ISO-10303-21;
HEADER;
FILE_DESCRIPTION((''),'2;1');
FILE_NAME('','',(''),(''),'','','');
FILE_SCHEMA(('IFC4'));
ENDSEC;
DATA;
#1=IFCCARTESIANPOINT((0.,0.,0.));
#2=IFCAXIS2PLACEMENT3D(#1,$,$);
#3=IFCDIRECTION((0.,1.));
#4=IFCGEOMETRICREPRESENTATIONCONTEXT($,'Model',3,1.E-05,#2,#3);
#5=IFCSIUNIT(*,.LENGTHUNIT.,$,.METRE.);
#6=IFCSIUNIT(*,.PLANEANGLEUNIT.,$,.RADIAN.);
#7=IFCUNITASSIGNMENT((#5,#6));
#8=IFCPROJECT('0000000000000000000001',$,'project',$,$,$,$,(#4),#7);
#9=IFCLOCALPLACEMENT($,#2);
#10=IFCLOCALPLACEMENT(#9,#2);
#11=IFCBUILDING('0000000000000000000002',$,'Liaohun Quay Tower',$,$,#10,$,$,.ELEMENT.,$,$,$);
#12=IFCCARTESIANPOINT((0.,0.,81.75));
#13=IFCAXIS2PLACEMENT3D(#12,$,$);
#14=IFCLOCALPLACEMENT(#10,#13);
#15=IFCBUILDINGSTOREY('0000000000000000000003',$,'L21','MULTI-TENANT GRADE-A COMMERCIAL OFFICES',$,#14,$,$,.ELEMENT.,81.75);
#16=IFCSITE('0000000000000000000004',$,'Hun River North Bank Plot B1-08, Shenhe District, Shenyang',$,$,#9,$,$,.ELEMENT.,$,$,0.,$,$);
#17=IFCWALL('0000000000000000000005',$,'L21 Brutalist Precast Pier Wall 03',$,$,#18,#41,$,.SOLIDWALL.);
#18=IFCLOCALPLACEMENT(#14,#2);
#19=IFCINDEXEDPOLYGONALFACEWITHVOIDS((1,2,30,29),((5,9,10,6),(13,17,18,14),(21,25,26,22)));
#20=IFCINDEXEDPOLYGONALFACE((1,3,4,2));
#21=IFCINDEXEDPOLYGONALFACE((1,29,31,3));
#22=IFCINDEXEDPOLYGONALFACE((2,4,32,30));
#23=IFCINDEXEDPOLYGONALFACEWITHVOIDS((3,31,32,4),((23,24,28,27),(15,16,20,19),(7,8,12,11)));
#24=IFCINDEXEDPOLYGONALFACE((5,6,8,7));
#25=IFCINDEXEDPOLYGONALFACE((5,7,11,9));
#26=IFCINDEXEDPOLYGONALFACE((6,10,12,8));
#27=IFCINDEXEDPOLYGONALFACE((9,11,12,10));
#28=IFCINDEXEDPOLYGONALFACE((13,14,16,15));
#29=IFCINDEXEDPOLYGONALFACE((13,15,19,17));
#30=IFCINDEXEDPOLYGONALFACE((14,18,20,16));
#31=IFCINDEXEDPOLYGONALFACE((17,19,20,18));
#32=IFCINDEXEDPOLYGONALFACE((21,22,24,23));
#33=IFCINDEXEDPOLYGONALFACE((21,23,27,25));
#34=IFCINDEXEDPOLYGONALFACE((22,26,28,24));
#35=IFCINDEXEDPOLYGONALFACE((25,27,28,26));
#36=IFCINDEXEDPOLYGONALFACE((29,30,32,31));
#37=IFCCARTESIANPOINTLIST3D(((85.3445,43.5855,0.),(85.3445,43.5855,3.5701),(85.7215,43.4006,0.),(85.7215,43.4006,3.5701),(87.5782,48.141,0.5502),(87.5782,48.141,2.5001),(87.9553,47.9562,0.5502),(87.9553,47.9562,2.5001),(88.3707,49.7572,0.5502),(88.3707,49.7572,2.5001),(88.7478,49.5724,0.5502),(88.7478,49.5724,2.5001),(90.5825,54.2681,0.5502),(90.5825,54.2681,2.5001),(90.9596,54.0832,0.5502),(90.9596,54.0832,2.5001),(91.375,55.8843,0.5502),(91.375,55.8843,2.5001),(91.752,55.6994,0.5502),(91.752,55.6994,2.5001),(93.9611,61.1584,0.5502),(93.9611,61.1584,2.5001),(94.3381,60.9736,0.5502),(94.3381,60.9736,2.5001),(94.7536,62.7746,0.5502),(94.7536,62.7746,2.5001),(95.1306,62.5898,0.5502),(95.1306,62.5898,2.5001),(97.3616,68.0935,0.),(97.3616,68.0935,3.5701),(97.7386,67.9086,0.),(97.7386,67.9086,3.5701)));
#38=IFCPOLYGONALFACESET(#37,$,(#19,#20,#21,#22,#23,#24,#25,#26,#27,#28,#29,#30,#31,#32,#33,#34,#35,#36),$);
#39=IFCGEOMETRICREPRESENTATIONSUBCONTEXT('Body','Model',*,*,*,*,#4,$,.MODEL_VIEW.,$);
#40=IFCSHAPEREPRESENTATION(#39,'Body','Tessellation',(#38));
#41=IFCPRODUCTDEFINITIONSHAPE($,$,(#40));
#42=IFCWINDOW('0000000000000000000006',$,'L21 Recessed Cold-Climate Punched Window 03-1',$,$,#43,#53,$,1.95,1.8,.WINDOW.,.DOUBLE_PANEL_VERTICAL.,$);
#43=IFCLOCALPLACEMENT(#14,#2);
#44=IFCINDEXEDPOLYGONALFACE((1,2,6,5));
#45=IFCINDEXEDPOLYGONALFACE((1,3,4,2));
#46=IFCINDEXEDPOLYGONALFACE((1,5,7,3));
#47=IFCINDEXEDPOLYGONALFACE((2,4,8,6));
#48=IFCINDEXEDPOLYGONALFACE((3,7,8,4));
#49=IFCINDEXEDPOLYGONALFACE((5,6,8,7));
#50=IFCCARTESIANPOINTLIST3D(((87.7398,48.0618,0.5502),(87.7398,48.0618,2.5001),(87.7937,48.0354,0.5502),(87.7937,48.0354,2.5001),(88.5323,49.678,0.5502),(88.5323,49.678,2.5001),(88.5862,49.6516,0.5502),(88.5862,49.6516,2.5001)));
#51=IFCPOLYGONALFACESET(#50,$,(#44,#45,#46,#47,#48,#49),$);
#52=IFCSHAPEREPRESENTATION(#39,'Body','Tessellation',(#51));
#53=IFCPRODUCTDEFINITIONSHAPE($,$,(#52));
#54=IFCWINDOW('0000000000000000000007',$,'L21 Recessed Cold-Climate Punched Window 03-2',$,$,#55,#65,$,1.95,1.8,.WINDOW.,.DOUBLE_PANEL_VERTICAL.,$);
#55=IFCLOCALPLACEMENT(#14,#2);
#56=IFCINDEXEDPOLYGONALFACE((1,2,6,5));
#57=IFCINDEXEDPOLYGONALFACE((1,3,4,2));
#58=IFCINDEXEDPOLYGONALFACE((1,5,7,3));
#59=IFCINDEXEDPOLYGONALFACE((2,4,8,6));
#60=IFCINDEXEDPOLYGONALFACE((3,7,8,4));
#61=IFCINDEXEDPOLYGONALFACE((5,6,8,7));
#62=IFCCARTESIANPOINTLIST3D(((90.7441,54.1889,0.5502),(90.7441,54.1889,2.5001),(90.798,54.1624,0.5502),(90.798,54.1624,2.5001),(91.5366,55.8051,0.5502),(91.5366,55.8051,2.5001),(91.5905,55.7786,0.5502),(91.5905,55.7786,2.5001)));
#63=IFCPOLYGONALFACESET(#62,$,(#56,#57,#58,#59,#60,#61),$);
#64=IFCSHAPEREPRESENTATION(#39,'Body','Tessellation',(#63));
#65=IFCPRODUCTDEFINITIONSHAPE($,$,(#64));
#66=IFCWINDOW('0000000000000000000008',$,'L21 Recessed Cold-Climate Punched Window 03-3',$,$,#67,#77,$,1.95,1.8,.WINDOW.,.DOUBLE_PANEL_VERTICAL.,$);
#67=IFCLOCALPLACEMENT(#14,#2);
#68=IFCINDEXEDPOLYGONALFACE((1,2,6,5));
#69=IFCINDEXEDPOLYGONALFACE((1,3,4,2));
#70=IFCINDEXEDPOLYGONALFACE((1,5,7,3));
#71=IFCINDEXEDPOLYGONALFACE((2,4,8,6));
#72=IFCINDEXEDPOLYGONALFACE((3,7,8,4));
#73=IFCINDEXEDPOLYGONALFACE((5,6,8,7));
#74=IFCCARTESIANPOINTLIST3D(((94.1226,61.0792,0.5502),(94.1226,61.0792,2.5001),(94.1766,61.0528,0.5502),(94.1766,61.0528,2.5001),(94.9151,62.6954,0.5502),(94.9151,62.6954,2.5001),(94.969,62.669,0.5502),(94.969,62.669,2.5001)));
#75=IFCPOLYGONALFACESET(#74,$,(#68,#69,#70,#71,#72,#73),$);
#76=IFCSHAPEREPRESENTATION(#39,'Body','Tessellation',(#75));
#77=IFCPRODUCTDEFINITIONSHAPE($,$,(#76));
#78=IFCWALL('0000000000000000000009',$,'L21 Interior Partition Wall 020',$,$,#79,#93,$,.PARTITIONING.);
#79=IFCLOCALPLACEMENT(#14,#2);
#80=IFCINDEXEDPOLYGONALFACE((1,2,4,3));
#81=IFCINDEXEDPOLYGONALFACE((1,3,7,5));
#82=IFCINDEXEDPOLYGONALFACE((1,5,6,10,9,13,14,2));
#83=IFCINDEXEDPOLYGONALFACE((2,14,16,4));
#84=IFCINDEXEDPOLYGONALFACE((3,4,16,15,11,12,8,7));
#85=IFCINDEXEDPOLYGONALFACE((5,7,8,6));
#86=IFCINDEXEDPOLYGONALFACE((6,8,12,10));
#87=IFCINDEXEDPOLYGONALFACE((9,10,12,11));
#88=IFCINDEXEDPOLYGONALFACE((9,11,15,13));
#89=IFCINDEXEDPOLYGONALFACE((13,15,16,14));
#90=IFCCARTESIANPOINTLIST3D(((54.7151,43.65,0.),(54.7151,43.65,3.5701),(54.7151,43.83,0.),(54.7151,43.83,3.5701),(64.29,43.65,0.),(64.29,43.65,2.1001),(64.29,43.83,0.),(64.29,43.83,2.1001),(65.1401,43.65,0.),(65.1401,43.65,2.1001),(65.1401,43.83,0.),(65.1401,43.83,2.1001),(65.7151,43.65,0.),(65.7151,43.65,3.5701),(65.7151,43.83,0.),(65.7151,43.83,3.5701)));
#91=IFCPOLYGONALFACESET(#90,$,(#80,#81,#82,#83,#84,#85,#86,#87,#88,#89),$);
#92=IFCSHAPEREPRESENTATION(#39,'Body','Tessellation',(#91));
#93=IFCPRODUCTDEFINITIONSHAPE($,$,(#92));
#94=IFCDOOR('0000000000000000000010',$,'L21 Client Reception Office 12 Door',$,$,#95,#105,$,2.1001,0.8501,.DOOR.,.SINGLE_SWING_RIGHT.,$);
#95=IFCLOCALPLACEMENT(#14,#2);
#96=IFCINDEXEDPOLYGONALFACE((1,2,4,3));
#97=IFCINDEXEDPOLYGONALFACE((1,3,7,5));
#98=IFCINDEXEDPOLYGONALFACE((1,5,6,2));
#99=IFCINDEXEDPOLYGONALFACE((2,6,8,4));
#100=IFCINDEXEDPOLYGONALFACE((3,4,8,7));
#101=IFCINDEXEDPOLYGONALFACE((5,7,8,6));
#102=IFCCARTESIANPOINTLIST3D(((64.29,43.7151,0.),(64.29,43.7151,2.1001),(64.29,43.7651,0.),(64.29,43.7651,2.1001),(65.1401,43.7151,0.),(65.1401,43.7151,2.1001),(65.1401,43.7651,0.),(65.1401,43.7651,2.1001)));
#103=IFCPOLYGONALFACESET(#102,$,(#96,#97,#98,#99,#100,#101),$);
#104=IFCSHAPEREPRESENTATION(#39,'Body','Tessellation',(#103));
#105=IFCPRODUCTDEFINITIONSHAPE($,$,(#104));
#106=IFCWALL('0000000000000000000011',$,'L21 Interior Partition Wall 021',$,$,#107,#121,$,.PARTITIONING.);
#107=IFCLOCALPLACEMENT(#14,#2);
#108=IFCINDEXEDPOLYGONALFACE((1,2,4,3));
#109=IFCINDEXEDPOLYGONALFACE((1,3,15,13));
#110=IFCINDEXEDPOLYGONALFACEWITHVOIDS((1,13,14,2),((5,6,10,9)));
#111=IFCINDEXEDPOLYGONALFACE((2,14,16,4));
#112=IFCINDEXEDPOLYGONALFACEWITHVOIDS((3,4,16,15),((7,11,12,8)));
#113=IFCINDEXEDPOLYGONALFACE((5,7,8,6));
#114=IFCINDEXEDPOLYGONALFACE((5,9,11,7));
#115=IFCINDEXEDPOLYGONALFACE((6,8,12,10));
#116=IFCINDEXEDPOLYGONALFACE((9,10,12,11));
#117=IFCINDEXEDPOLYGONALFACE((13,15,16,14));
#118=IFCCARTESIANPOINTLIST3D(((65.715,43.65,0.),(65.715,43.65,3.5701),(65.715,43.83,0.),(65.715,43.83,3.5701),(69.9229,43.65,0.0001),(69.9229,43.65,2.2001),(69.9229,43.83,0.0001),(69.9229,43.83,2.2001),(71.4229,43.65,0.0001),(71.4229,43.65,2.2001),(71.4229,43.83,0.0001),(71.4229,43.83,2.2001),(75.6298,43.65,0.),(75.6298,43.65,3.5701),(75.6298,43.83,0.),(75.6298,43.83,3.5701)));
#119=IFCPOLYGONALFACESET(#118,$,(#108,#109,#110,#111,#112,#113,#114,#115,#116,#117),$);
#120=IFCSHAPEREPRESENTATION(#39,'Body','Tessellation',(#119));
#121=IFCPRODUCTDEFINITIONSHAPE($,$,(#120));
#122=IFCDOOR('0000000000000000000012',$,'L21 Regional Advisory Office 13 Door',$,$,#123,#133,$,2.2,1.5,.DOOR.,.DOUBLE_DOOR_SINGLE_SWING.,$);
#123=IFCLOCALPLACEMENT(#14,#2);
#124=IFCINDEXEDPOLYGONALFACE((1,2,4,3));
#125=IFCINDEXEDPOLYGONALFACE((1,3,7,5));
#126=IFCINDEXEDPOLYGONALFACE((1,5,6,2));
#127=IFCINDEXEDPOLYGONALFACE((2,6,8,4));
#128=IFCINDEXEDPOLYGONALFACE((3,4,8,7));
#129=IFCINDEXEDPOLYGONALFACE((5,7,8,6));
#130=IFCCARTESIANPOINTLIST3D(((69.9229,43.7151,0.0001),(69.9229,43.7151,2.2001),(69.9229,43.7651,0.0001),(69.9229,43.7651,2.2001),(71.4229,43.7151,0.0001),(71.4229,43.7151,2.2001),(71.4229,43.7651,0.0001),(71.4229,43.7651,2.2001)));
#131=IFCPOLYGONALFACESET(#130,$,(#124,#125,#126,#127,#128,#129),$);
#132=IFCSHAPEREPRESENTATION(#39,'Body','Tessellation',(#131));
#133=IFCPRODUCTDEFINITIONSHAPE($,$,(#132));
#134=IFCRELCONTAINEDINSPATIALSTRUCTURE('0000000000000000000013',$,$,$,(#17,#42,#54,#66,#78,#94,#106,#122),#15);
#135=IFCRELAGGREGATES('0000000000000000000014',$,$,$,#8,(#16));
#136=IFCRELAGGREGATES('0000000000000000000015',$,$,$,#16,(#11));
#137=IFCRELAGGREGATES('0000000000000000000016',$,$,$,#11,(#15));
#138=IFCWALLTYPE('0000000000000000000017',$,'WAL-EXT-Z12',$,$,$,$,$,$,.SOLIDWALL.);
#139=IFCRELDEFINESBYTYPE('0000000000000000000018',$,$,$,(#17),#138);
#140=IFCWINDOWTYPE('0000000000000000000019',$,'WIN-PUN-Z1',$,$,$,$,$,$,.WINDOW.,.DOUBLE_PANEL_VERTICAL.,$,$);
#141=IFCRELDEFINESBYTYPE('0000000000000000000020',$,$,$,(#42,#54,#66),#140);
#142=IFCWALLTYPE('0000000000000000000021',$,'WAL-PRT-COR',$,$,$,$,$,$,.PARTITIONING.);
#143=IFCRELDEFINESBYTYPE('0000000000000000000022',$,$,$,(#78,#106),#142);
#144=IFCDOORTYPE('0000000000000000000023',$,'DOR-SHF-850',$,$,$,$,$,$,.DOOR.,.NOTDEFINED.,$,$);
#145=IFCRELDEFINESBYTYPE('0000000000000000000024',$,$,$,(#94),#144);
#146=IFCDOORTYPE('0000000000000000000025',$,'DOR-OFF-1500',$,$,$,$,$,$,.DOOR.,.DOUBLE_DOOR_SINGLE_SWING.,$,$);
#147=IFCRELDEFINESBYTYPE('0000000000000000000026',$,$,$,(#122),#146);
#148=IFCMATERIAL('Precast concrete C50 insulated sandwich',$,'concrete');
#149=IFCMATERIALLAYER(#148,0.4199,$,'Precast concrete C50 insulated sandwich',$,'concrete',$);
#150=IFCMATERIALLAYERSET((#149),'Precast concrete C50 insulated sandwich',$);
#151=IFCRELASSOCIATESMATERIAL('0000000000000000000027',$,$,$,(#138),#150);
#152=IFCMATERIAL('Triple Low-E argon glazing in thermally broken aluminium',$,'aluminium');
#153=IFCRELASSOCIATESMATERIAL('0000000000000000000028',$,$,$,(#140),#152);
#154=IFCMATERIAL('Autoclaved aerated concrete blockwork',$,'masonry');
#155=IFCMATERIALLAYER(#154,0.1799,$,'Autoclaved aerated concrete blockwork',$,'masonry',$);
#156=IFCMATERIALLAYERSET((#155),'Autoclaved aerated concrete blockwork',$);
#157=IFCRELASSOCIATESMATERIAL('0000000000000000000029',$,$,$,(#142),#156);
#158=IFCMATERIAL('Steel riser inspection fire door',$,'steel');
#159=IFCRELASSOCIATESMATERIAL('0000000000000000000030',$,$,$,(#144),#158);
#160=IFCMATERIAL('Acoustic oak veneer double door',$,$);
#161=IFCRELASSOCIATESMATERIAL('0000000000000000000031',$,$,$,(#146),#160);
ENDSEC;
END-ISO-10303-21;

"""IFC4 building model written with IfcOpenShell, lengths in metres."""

from ifc_helpers import new_model, si_unit, direction, frame, frame_2d, origin, place, context, subcontext, project, spatial, rectangle, extrude, source, transform, mapped, material, layer, layer_set, type_object, element, fill, save


model = new_model("IFC4")

# Units and contexts
model_context = context("Model", 3, precision=1e-05, world=origin(), true_north=direction((0.0, 1.0)))
body_context = subcontext(model_context, "Body", "Model", "MODEL_VIEW")
ifc_project = project(units=[si_unit("LENGTHUNIT", "METRE"), si_unit("PLANEANGLEUNIT", "RADIAN")], contexts=[model_context])

# Site, building, storey
site_placement = place(None, origin())
site = spatial("IfcSite", under=ifc_project, at=site_placement, Name="Hun River North Bank Plot B1-08, Shenhe District, Shenyang", CompositionType="ELEMENT", RefElevation=0.0)
building_placement = place(site_placement, origin())
building = spatial("IfcBuilding", under=site, at=building_placement, Name="Liaohun Quay Tower", CompositionType="ELEMENT")
storey_placement = place(building_placement, frame((0.0, 0.0, 81.75)))
storey = spatial("IfcBuildingStorey", under=building, at=storey_placement, Name="L21", Description="MULTI-TENANT GRADE-A COMMERCIAL OFFICES", CompositionType="ELEMENT", Elevation=81.75)

# Shared definitions
ifc_material_1 = material(Name="Precast concrete C50 insulated sandwich", Category="concrete")
ifc_layer_1 = layer(ifc_material_1, 0.4199, Name="Precast concrete C50 insulated sandwich", Category="concrete")
ifc_layer_set_1 = layer_set([ifc_layer_1], Name="Precast concrete C50 insulated sandwich")
wall_type_1 = type_object("IfcWallType", Name="WAL-EXT-Z12", PredefinedType="SOLIDWALL", material=ifc_layer_set_1)

# Wall, openings, windows
shared_shape_1 = source(origin(), body_context, "Body", "SweptSolid", [
    extrude(rectangle(XDim=1.8, YDim=1.95, at=frame_2d((0.8999, 0.9751))), frame((0.0, 0.22, 0.0), z_axis=(0.0, -1.0, 0.0), x_axis=(1.0, 0.0, 0.0)), (0.0, 0.0, 1.0), 0.4399),
])
ifc_material_2 = material(Name="Triple Low-E argon glazing in thermally broken aluminium", Category="aluminium")
window_type_1 = type_object("IfcWindowType", Name="WIN-PUN-Z1", PartitioningType="DOUBLE_PANEL_VERTICAL", PredefinedType="WINDOW", material=ifc_material_2)
shared_shape_2 = source(origin(), body_context, "Body", "SweptSolid", [
    extrude(rectangle(XDim=1.8, YDim=1.95, at=frame_2d((0.8999, 0.9751))), frame((0.0, 0.03, 0.0), z_axis=(0.0, -1.0, 0.0), x_axis=(1.0, 0.0, 0.0)), (0.0, 0.0, 1.0), 0.0601),
])
wall_1_placement = place(storey_placement, frame((85.533, 43.4929, 0.0), z_axis=(0.0, 0.0, 1.0), x_axis=(0.440256, 0.897872, 0.0)))
wall_1 = element("IfcWall", 1, at=wall_1_placement, inside=storey, type_object=wall_type_1, Name="L21 Brutalist Precast Pier Wall 03", PredefinedType="SOLIDWALL", context=body_context, shape_type="SweptSolid", body=[
    extrude(rectangle(XDim=27.2957, YDim=0.4199, at=frame_2d((13.6479, 0.0))), origin(), (0.0, 0.0, 1.0), 3.5701),
])
opening_1_placement = place(wall_1_placement, frame((5.074, 0.0, 0.55)))
opening_1 = element("IfcOpeningElement", 2, at=opening_1_placement, cuts=wall_1, PredefinedType="OPENING", context=body_context, shape_type="MappedRepresentation", body=[
    mapped(shared_shape_1, transform((0.0, 0.0, 0.0), x_axis=(1.0, 0.0, 0.0), y_axis=(0.0, 1.0, 0.0), z_axis=(0.0, 0.0, 1.0), scale=1.0)),
])
opening_2_placement = place(wall_1_placement, frame((11.8979, 0.0, 0.55)))
opening_2 = element("IfcOpeningElement", 3, at=opening_2_placement, cuts=wall_1, PredefinedType="OPENING", context=body_context, shape_type="MappedRepresentation", body=[
    mapped(shared_shape_1, transform((0.0, 0.0, 0.0), x_axis=(1.0, 0.0, 0.0), y_axis=(0.0, 1.0, 0.0), z_axis=(0.0, 0.0, 1.0), scale=1.0)),
])
opening_3_placement = place(wall_1_placement, frame((19.572, 0.0, 0.55)))
opening_3 = element("IfcOpeningElement", 4, at=opening_3_placement, cuts=wall_1, PredefinedType="OPENING", context=body_context, shape_type="MappedRepresentation", body=[
    mapped(shared_shape_1, transform((0.0, 0.0, 0.0), x_axis=(1.0, 0.0, 0.0), y_axis=(0.0, 1.0, 0.0), z_axis=(0.0, 0.0, 1.0), scale=1.0)),
])
window_1_placement = place(opening_1_placement, origin())
window_1 = element("IfcWindow", 5, at=window_1_placement, inside=storey, type_object=window_type_1, Name="L21 Recessed Cold-Climate Punched Window 03-1", OverallHeight=1.95, OverallWidth=1.8, PartitioningType="DOUBLE_PANEL_VERTICAL", PredefinedType="WINDOW", context=body_context, shape_type="MappedRepresentation", body=[
    mapped(shared_shape_2, transform((0.0, 0.0, 0.0), x_axis=(1.0, 0.0, 0.0), y_axis=(0.0, 1.0, 0.0), z_axis=(0.0, 0.0, 1.0), scale=1.0)),
])
fill(opening_1, window_1)
window_2_placement = place(opening_2_placement, origin())
window_2 = element("IfcWindow", 6, at=window_2_placement, inside=storey, type_object=window_type_1, Name="L21 Recessed Cold-Climate Punched Window 03-2", OverallHeight=1.95, OverallWidth=1.8, PartitioningType="DOUBLE_PANEL_VERTICAL", PredefinedType="WINDOW", context=body_context, shape_type="MappedRepresentation", body=[
    mapped(shared_shape_2, transform((0.0, 0.0, 0.0), x_axis=(1.0, 0.0, 0.0), y_axis=(0.0, 1.0, 0.0), z_axis=(0.0, 0.0, 1.0), scale=1.0)),
])
fill(opening_2, window_2)
window_3_placement = place(opening_3_placement, origin())
window_3 = element("IfcWindow", 7, at=window_3_placement, inside=storey, type_object=window_type_1, Name="L21 Recessed Cold-Climate Punched Window 03-3", OverallHeight=1.95, OverallWidth=1.8, PartitioningType="DOUBLE_PANEL_VERTICAL", PredefinedType="WINDOW", context=body_context, shape_type="MappedRepresentation", body=[
    mapped(shared_shape_2, transform((0.0, 0.0, 0.0), x_axis=(1.0, 0.0, 0.0), y_axis=(0.0, 1.0, 0.0), z_axis=(0.0, 0.0, 1.0), scale=1.0)),
])
fill(opening_3, window_3)

# Walls, openings, doors
ifc_material_3 = material(Name="Autoclaved aerated concrete blockwork", Category="masonry")
ifc_layer_2 = layer(ifc_material_3, 0.1799, Name="Autoclaved aerated concrete blockwork", Category="masonry")
ifc_layer_set_2 = layer_set([ifc_layer_2], Name="Autoclaved aerated concrete blockwork")
wall_type_2 = type_object("IfcWallType", Name="WAL-PRT-COR", PredefinedType="PARTITIONING", material=ifc_layer_set_2)
wall_2_placement = place(storey_placement, frame((65.7151, 43.74, 0.0), z_axis=(0.0, 0.0, 1.0), x_axis=(-1.0, 0.0, 0.0)))
wall_2 = element("IfcWall", 8, at=wall_2_placement, inside=storey, type_object=wall_type_2, Name="L21 Interior Partition Wall 020", PredefinedType="PARTITIONING", context=body_context, shape_type="SweptSolid", body=[
    extrude(rectangle(XDim=11.0, YDim=0.1799, at=frame_2d((5.5, 0.0))), origin(), (0.0, 0.0, 1.0), 3.5701),
])
shared_shape_3 = source(origin(), body_context, "Body", "SweptSolid", [
    extrude(rectangle(XDim=0.8501, YDim=2.1001, at=frame_2d((0.425, 1.05))), frame((0.0, 0.0999, 0.0), z_axis=(0.0, -1.0, 0.0), x_axis=(1.0, 0.0, 0.0)), (0.0, 0.0, 1.0), 0.2),
])
opening_4_placement = place(wall_2_placement, frame((0.575, 0.0, 0.0)))
opening_4 = element("IfcOpeningElement", 9, at=opening_4_placement, cuts=wall_2, PredefinedType="OPENING", context=body_context, shape_type="MappedRepresentation", body=[
    mapped(shared_shape_3, transform((0.0, 0.0, 0.0), x_axis=(1.0, 0.0, 0.0), y_axis=(0.0, 1.0, 0.0), z_axis=(0.0, 0.0, 1.0), scale=1.0)),
])
ifc_material_4 = material(Name="Steel riser inspection fire door", Category="steel")
door_type_1 = type_object("IfcDoorType", Name="DOR-SHF-850", OperationType="NOTDEFINED", PredefinedType="DOOR", material=ifc_material_4)
shared_shape_4 = source(origin(), body_context, "Body", "SweptSolid", [
    extrude(rectangle(XDim=0.8501, YDim=2.1001, at=frame_2d((0.425, 1.05))), frame((0.0, 0.0249, 0.0), z_axis=(0.0, -1.0, 0.0), x_axis=(1.0, 0.0, 0.0)), (0.0, 0.0, 1.0), 0.05),
])
door_1_placement = place(opening_4_placement, origin())
door_1 = element("IfcDoor", 10, at=door_1_placement, inside=storey, type_object=door_type_1, Name="L21 Client Reception Office 12 Door", OperationType="SINGLE_SWING_RIGHT", OverallHeight=2.1001, OverallWidth=0.8501, PredefinedType="DOOR", context=body_context, shape_type="MappedRepresentation", body=[
    mapped(shared_shape_4, transform((0.0, 0.0, 0.0), x_axis=(1.0, 0.0, 0.0), y_axis=(0.0, 1.0, 0.0), z_axis=(0.0, 0.0, 1.0), scale=1.0)),
])
fill(opening_4, door_1)
wall_3_placement = place(storey_placement, frame((75.6299, 43.74, 0.0), z_axis=(0.0, 0.0, 1.0), x_axis=(-1.0, 0.0, 0.0)))
wall_3 = element("IfcWall", 11, at=wall_3_placement, inside=storey, type_object=wall_type_2, Name="L21 Interior Partition Wall 021", PredefinedType="PARTITIONING", context=body_context, shape_type="SweptSolid", body=[
    extrude(rectangle(XDim=9.9148, YDim=0.1799, at=frame_2d((4.9575, 0.0))), origin(), (0.0, 0.0, 1.0), 3.5701),
])
shared_shape_5 = source(origin(), body_context, "Body", "SweptSolid", [
    extrude(rectangle(XDim=1.5, YDim=2.2, at=frame_2d((0.75, 1.1001))), frame((0.0, 0.0999, 0.0), z_axis=(0.0, -1.0, 0.0), x_axis=(1.0, 0.0, 0.0)), (0.0, 0.0, 1.0), 0.2),
])
opening_5_placement = place(wall_3_placement, frame((4.207, 0.0, 0.0)))
opening_5 = element("IfcOpeningElement", 12, at=opening_5_placement, cuts=wall_3, PredefinedType="OPENING", context=body_context, shape_type="MappedRepresentation", body=[
    mapped(shared_shape_5, transform((0.0, 0.0, 0.0), x_axis=(1.0, 0.0, 0.0), y_axis=(0.0, 1.0, 0.0), z_axis=(0.0, 0.0, 1.0), scale=1.0)),
])
ifc_material_5 = material(Name="Acoustic oak veneer double door")
door_type_2 = type_object("IfcDoorType", Name="DOR-OFF-1500", OperationType="DOUBLE_DOOR_SINGLE_SWING", PredefinedType="DOOR", material=ifc_material_5)
shared_shape_6 = source(origin(), body_context, "Body", "SweptSolid", [
    extrude(rectangle(XDim=1.5, YDim=2.2, at=frame_2d((0.75, 1.1001))), frame((0.0, 0.0249, 0.0), z_axis=(0.0, -1.0, 0.0), x_axis=(1.0, 0.0, 0.0)), (0.0, 0.0, 1.0), 0.05),
])
door_2_placement = place(opening_5_placement, origin())
door_2 = element("IfcDoor", 13, at=door_2_placement, inside=storey, type_object=door_type_2, Name="L21 Regional Advisory Office 13 Door", OperationType="DOUBLE_DOOR_SINGLE_SWING", OverallHeight=2.2, OverallWidth=1.5, PredefinedType="DOOR", context=body_context, shape_type="MappedRepresentation", body=[
    mapped(shared_shape_6, transform((0.0, 0.0, 0.0), x_axis=(1.0, 0.0, 0.0), y_axis=(0.0, 1.0, 0.0), z_axis=(0.0, 0.0, 1.0), scale=1.0)),
])
fill(opening_5, door_2)

save(model, "model.ifc")
